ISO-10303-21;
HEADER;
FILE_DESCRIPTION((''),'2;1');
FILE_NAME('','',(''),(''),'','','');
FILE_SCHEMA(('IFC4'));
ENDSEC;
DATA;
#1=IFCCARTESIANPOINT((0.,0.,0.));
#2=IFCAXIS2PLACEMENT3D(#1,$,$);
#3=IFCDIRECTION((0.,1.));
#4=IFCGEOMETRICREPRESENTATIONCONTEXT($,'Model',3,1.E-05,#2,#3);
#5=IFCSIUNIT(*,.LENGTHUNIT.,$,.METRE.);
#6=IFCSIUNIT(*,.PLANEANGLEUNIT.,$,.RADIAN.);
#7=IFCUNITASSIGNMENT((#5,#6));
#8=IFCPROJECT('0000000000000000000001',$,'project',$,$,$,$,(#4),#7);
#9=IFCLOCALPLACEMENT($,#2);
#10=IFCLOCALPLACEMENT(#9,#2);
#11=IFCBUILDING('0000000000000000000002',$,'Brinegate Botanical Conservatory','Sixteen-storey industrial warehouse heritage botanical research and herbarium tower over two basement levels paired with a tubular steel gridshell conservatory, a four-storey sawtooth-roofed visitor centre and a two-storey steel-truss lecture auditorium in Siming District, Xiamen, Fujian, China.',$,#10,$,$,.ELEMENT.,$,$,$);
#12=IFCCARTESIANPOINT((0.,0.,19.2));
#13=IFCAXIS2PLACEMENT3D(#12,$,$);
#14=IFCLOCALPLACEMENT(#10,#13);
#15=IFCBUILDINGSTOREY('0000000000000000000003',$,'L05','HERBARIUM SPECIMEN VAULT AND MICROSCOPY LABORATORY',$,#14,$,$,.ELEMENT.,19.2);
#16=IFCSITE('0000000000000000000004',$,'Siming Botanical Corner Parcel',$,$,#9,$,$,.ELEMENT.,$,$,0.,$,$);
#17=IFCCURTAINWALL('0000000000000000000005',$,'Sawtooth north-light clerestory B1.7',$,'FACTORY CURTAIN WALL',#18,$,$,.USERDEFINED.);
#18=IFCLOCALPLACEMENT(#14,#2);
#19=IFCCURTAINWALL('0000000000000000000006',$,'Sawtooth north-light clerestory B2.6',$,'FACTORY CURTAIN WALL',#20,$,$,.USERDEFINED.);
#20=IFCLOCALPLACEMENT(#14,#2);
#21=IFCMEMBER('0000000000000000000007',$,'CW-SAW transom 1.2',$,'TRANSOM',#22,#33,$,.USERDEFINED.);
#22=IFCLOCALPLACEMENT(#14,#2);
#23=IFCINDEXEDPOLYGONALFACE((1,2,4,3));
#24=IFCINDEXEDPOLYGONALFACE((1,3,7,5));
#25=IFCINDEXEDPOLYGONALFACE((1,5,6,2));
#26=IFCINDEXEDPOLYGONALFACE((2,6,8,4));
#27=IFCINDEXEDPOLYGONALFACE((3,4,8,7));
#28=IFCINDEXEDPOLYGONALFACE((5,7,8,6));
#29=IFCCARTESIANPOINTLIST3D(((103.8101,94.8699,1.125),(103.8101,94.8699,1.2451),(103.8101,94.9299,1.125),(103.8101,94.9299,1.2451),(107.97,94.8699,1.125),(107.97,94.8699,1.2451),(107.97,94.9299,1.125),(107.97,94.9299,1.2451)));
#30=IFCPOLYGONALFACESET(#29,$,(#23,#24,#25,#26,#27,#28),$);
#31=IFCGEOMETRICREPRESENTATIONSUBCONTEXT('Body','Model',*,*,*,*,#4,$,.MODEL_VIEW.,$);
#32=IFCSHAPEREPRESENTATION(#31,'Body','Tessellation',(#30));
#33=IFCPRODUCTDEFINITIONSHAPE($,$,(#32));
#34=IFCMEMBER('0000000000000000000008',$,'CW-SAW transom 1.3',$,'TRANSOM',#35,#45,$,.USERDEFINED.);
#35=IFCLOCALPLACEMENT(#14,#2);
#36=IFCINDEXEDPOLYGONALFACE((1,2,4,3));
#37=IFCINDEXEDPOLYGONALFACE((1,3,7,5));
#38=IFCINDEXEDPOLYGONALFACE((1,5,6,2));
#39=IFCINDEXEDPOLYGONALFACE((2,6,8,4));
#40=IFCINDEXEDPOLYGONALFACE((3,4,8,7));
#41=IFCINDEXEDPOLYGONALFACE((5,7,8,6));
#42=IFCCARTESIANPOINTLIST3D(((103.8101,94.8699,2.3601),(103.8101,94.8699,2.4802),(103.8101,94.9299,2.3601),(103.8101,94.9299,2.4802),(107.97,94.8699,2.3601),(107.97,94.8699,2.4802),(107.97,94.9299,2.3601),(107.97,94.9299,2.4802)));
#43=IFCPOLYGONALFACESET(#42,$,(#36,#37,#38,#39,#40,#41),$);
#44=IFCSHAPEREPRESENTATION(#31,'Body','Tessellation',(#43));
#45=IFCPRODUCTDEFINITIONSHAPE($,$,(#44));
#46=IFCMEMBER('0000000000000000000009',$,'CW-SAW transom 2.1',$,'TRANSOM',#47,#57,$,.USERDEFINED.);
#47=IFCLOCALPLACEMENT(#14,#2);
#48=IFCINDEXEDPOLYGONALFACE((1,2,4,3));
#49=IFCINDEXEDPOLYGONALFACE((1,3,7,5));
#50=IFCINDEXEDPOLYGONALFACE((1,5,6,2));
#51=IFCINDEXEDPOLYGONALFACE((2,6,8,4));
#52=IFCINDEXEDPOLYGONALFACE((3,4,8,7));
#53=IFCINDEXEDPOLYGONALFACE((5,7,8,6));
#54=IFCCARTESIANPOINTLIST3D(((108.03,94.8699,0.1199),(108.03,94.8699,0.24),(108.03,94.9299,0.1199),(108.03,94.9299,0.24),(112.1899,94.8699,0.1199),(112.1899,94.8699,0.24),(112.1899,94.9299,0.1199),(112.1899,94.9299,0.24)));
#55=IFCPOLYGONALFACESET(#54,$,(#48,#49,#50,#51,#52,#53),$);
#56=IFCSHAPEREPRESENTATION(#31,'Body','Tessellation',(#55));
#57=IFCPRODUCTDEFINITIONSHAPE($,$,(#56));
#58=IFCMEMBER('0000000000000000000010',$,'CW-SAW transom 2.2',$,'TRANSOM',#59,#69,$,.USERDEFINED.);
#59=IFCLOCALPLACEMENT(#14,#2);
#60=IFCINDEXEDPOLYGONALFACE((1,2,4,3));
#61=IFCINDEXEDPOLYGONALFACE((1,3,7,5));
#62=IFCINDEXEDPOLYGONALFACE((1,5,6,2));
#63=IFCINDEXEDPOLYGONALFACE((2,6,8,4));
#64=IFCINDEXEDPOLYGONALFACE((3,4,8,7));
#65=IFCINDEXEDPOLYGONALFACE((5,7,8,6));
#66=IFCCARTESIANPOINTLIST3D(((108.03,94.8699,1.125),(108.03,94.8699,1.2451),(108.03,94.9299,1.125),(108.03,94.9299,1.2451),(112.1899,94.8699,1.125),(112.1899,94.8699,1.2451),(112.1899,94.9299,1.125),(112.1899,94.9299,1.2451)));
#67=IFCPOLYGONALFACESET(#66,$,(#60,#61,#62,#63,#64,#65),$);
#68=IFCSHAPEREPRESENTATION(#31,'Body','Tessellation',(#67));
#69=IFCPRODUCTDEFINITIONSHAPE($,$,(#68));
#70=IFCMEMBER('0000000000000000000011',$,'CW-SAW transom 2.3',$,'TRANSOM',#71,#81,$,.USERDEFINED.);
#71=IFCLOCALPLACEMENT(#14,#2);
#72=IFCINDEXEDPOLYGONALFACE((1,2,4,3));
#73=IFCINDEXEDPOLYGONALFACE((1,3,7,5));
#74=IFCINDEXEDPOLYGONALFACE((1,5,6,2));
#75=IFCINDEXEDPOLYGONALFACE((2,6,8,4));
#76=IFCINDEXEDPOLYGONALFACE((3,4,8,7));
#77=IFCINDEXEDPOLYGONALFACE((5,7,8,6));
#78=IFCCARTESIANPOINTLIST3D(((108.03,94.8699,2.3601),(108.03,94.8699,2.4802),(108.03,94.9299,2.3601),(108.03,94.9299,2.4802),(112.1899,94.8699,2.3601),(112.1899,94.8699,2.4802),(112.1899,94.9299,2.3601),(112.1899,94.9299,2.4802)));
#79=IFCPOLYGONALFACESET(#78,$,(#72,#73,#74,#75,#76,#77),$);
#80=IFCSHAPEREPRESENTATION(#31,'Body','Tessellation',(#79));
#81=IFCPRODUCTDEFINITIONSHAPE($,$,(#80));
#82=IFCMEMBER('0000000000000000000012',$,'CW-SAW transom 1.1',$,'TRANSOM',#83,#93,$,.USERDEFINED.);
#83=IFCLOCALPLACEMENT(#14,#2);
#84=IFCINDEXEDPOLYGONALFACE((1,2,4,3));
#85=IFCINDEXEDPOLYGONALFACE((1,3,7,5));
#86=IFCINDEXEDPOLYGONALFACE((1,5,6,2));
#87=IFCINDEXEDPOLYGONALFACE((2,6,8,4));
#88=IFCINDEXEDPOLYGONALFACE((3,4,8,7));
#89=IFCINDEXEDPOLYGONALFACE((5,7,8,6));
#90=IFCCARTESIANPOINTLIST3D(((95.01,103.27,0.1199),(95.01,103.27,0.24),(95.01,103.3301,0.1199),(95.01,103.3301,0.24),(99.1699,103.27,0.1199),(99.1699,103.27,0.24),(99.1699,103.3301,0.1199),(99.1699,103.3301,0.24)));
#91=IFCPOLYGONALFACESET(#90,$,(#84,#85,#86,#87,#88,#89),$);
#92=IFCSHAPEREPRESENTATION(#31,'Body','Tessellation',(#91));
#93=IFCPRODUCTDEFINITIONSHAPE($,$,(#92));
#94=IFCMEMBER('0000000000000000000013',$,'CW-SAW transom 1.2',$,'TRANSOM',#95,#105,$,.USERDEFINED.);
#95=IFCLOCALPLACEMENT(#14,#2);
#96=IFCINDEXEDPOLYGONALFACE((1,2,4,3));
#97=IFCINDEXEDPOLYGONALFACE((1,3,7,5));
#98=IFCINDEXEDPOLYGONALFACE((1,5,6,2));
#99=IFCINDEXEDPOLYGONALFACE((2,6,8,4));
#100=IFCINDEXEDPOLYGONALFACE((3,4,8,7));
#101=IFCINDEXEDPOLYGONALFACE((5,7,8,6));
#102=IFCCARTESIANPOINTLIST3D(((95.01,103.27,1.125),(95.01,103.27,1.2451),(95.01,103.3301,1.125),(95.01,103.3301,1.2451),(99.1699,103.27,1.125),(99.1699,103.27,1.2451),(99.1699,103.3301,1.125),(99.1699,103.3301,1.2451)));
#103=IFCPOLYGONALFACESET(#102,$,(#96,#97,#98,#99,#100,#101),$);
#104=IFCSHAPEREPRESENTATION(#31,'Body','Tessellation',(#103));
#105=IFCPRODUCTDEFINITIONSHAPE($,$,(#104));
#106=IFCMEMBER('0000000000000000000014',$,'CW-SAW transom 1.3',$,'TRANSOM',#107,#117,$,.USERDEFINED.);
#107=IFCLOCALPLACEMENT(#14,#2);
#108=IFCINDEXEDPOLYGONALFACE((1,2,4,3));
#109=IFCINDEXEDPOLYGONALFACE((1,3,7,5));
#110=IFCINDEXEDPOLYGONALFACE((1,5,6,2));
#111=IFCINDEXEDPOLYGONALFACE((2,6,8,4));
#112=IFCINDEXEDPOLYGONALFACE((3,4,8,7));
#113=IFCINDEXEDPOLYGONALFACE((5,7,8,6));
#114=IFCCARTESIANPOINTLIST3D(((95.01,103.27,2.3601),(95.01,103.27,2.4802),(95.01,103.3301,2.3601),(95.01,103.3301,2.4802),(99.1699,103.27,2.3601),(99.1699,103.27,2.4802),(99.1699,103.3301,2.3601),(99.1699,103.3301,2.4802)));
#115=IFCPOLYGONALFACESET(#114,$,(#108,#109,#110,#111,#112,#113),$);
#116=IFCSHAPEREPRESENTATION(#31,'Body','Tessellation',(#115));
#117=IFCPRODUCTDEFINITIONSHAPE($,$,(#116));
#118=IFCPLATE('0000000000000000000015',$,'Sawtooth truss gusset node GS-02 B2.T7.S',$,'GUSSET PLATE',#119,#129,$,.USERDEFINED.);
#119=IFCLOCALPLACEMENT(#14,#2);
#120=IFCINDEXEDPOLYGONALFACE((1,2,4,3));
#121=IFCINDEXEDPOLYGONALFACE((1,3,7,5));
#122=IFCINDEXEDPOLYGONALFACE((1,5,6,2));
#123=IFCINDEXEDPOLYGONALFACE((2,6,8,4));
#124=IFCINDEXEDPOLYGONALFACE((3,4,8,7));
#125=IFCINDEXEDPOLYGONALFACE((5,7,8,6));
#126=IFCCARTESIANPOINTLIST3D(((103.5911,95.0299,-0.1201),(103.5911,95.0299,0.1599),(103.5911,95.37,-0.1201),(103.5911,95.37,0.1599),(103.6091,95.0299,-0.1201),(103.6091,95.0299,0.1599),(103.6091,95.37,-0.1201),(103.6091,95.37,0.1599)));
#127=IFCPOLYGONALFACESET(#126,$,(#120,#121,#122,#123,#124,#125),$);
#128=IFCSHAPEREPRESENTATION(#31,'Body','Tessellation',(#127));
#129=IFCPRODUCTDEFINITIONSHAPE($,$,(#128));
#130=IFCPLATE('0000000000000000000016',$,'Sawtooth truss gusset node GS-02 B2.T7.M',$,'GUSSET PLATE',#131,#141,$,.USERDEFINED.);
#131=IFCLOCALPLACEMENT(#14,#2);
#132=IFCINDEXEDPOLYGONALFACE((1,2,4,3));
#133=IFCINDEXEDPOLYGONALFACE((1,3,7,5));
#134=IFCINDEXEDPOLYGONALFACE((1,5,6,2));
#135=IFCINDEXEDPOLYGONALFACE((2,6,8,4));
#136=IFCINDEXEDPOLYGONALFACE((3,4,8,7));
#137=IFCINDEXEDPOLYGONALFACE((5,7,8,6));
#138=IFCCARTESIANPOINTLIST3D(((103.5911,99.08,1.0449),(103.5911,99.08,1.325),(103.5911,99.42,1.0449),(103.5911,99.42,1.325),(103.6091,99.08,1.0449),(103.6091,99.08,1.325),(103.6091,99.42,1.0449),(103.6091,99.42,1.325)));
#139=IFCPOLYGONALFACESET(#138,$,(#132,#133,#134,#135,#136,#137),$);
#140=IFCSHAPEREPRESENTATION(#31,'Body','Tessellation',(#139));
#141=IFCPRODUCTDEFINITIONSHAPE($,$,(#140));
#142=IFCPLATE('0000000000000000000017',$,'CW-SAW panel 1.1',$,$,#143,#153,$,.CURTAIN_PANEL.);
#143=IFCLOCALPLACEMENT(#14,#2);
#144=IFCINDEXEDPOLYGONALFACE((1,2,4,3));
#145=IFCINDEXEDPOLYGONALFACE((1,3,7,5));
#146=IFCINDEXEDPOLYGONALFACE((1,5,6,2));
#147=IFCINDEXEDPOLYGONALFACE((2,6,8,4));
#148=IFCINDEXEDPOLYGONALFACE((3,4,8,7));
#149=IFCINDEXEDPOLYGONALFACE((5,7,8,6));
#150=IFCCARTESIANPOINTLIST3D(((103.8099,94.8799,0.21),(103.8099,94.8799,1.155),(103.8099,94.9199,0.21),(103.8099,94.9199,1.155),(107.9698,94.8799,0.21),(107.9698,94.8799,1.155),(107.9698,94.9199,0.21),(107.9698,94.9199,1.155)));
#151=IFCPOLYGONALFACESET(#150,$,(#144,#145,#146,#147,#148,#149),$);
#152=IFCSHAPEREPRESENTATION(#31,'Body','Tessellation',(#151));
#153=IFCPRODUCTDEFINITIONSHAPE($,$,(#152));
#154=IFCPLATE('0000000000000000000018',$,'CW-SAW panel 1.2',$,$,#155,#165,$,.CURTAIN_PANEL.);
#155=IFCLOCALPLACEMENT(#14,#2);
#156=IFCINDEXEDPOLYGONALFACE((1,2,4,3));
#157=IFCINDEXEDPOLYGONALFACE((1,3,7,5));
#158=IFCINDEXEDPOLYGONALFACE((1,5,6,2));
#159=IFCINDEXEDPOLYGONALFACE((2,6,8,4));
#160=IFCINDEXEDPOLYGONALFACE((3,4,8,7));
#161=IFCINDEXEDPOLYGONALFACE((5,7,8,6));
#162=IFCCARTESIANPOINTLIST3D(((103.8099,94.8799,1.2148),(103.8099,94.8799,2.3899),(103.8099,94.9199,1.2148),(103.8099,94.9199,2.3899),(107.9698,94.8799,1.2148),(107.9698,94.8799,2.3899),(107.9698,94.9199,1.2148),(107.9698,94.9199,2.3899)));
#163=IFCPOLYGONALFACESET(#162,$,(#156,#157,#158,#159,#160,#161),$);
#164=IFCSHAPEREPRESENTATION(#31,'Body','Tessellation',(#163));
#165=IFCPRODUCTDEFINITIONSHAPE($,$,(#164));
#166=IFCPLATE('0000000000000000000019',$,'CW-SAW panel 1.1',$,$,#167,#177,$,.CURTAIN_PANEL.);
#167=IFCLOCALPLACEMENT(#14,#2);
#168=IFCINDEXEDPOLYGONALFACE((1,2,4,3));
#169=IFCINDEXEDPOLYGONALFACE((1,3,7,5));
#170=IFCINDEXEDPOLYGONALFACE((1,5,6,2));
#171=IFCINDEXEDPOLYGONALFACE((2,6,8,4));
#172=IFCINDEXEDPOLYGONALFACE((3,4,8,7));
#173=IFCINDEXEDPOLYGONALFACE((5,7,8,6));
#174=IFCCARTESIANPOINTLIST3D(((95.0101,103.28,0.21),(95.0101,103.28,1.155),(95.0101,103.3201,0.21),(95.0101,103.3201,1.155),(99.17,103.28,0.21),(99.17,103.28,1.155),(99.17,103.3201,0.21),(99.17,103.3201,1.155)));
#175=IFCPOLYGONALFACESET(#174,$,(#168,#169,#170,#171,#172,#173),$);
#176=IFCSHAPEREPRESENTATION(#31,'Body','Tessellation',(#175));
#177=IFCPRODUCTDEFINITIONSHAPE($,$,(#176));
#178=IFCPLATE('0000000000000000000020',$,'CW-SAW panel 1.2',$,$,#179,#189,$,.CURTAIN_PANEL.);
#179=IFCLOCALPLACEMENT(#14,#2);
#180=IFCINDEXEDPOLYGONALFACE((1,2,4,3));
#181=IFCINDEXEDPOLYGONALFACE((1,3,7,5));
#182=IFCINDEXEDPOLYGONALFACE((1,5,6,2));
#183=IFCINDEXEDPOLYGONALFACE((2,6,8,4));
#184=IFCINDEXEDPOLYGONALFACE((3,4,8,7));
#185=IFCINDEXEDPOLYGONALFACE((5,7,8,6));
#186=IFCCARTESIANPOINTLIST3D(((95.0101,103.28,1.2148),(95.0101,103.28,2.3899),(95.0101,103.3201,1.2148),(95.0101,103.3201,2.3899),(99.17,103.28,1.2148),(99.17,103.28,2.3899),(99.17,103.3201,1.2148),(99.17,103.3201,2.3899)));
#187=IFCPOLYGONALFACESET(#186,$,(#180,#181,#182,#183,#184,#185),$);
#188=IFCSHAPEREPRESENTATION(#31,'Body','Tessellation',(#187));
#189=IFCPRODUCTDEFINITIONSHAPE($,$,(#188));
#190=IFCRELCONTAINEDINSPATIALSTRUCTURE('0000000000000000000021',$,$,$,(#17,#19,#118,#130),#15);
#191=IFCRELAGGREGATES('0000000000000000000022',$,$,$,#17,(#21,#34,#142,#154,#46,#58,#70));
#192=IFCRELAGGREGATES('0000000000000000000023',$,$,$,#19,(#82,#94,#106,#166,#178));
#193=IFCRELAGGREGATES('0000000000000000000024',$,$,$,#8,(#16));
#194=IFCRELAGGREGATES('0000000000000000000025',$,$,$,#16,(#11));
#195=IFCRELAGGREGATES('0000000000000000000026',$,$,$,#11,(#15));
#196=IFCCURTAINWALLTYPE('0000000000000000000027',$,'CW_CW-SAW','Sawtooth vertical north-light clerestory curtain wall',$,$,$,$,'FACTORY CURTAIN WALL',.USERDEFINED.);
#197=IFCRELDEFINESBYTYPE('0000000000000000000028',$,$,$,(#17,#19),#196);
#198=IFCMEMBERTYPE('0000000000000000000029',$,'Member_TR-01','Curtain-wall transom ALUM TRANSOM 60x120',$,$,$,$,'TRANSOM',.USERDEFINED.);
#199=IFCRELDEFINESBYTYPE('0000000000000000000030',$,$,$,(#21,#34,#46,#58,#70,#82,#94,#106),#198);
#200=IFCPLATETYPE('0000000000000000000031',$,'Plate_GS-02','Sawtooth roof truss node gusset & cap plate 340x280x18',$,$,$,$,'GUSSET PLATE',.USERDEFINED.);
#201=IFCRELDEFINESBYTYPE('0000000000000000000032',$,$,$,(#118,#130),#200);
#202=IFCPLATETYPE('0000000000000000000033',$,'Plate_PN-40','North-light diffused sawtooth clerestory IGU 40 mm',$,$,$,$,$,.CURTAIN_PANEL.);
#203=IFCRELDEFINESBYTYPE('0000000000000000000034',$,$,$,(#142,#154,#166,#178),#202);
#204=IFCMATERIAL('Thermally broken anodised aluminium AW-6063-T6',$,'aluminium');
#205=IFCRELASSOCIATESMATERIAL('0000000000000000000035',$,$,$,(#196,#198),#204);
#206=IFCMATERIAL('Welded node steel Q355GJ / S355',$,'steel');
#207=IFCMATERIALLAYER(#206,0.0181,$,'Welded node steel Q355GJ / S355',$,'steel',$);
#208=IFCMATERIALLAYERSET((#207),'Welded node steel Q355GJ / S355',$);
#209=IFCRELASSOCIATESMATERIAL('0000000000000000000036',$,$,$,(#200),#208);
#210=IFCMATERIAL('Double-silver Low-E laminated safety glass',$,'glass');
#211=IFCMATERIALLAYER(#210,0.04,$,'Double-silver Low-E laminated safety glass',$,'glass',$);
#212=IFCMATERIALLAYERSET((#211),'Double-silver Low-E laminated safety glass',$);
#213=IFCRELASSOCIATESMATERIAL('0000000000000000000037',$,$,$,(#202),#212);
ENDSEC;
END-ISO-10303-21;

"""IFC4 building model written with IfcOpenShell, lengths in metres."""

from ifc_helpers import new_model, si_unit, direction, frame, origin, origin_2d, place, context, subcontext, project, spatial, rectangle, extrude, material, layer, layer_set, material_profile, profile_set, type_object, element, aggregate, save


model = new_model("IFC4")

# Units and contexts
model_context = context("Model", 3, precision=1e-05, world=origin(), true_north=direction((0.0, 1.0)))
body_context = subcontext(model_context, "Body", "Model", "MODEL_VIEW")
ifc_project = project(units=[si_unit("LENGTHUNIT", "METRE"), si_unit("PLANEANGLEUNIT", "RADIAN")], contexts=[model_context])

# Site, building, storey
site_placement = place(None, origin())
site = spatial("IfcSite", under=ifc_project, at=site_placement, Name="Siming Botanical Corner Parcel", CompositionType="ELEMENT", RefElevation=0.0)
building_placement = place(site_placement, origin())
building = spatial("IfcBuilding", under=site, at=building_placement, Name="Brinegate Botanical Conservatory", Description="Sixteen-storey industrial warehouse heritage botanical research and herbarium tower over two basement levels paired with a tubular steel gridshell conservatory, a four-storey sawtooth-roofed visitor centre and a two-storey steel-truss lecture auditorium in Siming District, Xiamen, Fujian, China.", CompositionType="ELEMENT")
storey_placement = place(building_placement, frame((0.0, 0.0, 19.2)))
storey = spatial("IfcBuildingStorey", under=building, at=storey_placement, Name="L05", Description="HERBARIUM SPECIMEN VAULT AND MICROSCOPY LABORATORY", CompositionType="ELEMENT", Elevation=19.2)

# Curtain walls
ifc_material_1 = material(Name="Thermally broken anodised aluminium AW-6063-T6", Category="aluminium")
curtain_wall_type = type_object("IfcCurtainWallType", Name="CW_CW-SAW", Description="Sawtooth vertical north-light clerestory curtain wall", ElementType="FACTORY CURTAIN WALL", PredefinedType="USERDEFINED", material=ifc_material_1)
curtain_wall_1_placement = place(storey_placement, origin())
curtain_wall_1 = element("IfcCurtainWall", 1, at=curtain_wall_1_placement, inside=storey, type_object=curtain_wall_type, Name="Sawtooth north-light clerestory B1.7", ObjectType="FACTORY CURTAIN WALL", PredefinedType="USERDEFINED")
curtain_wall_2_placement = place(storey_placement, origin())
curtain_wall_2 = element("IfcCurtainWall", 2, at=curtain_wall_2_placement, inside=storey, type_object=curtain_wall_type, Name="Sawtooth north-light clerestory B2.6", ObjectType="FACTORY CURTAIN WALL", PredefinedType="USERDEFINED")

# Members
ifc_material_profile_1 = material_profile(ifc_material_1, rectangle(XDim=0.0601, YDim=0.1201, at=origin_2d()), Name="ALUM TRANSOM 60x120")
ifc_profile_set_1 = profile_set([ifc_material_profile_1], Name="Thermally broken anodised aluminium AW-6063-T6")
member_type_1 = type_object("IfcMemberType", Name="Member_TR-01", Description="Curtain-wall transom ALUM TRANSOM 60x120", ElementType="TRANSOM", PredefinedType="USERDEFINED", material=ifc_profile_set_1)
member_1_placement = place(storey_placement, frame((103.8101, 94.8999, 1.1851), z_axis=(1.0, 0.0, 0.0), x_axis=(0.0, 1.0, 0.0)))
member_1 = element("IfcMember", 3, at=member_1_placement, type_object=member_type_1, Name="CW-SAW transom 1.2", ObjectType="TRANSOM", PredefinedType="USERDEFINED", context=body_context, shape_type="SweptSolid", body=[
    extrude(rectangle(XDim=0.0601, YDim=0.1201, at=origin_2d()), origin(), (0.0, 0.0, 1.0), 4.1599),
])
member_2_placement = place(storey_placement, frame((103.8101, 94.8999, 2.4202), z_axis=(1.0, 0.0, 0.0), x_axis=(0.0, 1.0, 0.0)))
member_2 = element("IfcMember", 4, at=member_2_placement, type_object=member_type_1, Name="CW-SAW transom 1.3", ObjectType="TRANSOM", PredefinedType="USERDEFINED", context=body_context, shape_type="SweptSolid", body=[
    extrude(rectangle(XDim=0.0601, YDim=0.1201, at=origin_2d()), origin(), (0.0, 0.0, 1.0), 4.1599),
])
member_3_placement = place(storey_placement, frame((108.03, 94.8999, 0.1799), z_axis=(1.0, 0.0, 0.0), x_axis=(0.0, 1.0, 0.0)))
member_3 = element("IfcMember", 5, at=member_3_placement, type_object=member_type_1, Name="CW-SAW transom 2.1", ObjectType="TRANSOM", PredefinedType="USERDEFINED", context=body_context, shape_type="SweptSolid", body=[
    extrude(rectangle(XDim=0.0601, YDim=0.1201, at=origin_2d()), origin(), (0.0, 0.0, 1.0), 4.1599),
])
member_4_placement = place(storey_placement, frame((108.03, 94.8999, 1.1851), z_axis=(1.0, 0.0, 0.0), x_axis=(0.0, 1.0, 0.0)))
member_4 = element("IfcMember", 6, at=member_4_placement, type_object=member_type_1, Name="CW-SAW transom 2.2", ObjectType="TRANSOM", PredefinedType="USERDEFINED", context=body_context, shape_type="SweptSolid", body=[
    extrude(rectangle(XDim=0.0601, YDim=0.1201, at=origin_2d()), origin(), (0.0, 0.0, 1.0), 4.1599),
])
member_5_placement = place(storey_placement, frame((108.03, 94.8999, 2.4202), z_axis=(1.0, 0.0, 0.0), x_axis=(0.0, 1.0, 0.0)))
member_5 = element("IfcMember", 7, at=member_5_placement, type_object=member_type_1, Name="CW-SAW transom 2.3", ObjectType="TRANSOM", PredefinedType="USERDEFINED", context=body_context, shape_type="SweptSolid", body=[
    extrude(rectangle(XDim=0.0601, YDim=0.1201, at=origin_2d()), origin(), (0.0, 0.0, 1.0), 4.1599),
])
member_6_placement = place(storey_placement, frame((95.01, 103.3, 0.1799), z_axis=(1.0, 0.0, 0.0), x_axis=(0.0, 1.0, 0.0)))
member_6 = element("IfcMember", 8, at=member_6_placement, type_object=member_type_1, Name="CW-SAW transom 1.1", ObjectType="TRANSOM", PredefinedType="USERDEFINED", context=body_context, shape_type="SweptSolid", body=[
    extrude(rectangle(XDim=0.0601, YDim=0.1201, at=origin_2d()), origin(), (0.0, 0.0, 1.0), 4.1599),
])
member_7_placement = place(storey_placement, frame((95.01, 103.3, 1.1851), z_axis=(1.0, 0.0, 0.0), x_axis=(0.0, 1.0, 0.0)))
member_7 = element("IfcMember", 9, at=member_7_placement, type_object=member_type_1, Name="CW-SAW transom 1.2", ObjectType="TRANSOM", PredefinedType="USERDEFINED", context=body_context, shape_type="SweptSolid", body=[
    extrude(rectangle(XDim=0.0601, YDim=0.1201, at=origin_2d()), origin(), (0.0, 0.0, 1.0), 4.1599),
])
member_8_placement = place(storey_placement, frame((95.01, 103.3, 2.4202), z_axis=(1.0, 0.0, 0.0), x_axis=(0.0, 1.0, 0.0)))
member_8 = element("IfcMember", 10, at=member_8_placement, type_object=member_type_1, Name="CW-SAW transom 1.3", ObjectType="TRANSOM", PredefinedType="USERDEFINED", context=body_context, shape_type="SweptSolid", body=[
    extrude(rectangle(XDim=0.0601, YDim=0.1201, at=origin_2d()), origin(), (0.0, 0.0, 1.0), 4.1599),
])

# Plates
ifc_material_2 = material(Name="Welded node steel Q355GJ / S355", Category="steel")
ifc_layer_1 = layer(ifc_material_2, 0.0181, Name="Welded node steel Q355GJ / S355", Category="steel")
ifc_layer_set_1 = layer_set([ifc_layer_1], Name="Welded node steel Q355GJ / S355")
plate_type_1 = type_object("IfcPlateType", Name="Plate_GS-02", Description="Sawtooth roof truss node gusset & cap plate 340x280x18", ElementType="GUSSET PLATE", PredefinedType="USERDEFINED", material=ifc_layer_set_1)
for number, where, z_axis, x_axis, name in (
    (11, (103.6001, 95.2, -0.1201), (0.0, 0.0, 1.0), (1.0, 0.0, 0.0), "Sawtooth truss gusset node GS-02 B2.T7.S"),
    (12, (103.6001, 99.25, 1.0449), (0.0, 0.0, 1.0), (1.0, 0.0, 0.0), "Sawtooth truss gusset node GS-02 B2.T7.M"),
):
    element("IfcPlate", number, at=place(storey_placement, frame(where, z_axis=z_axis, x_axis=x_axis)), inside=storey, type_object=plate_type_1, Name=name, ObjectType="GUSSET PLATE", PredefinedType="USERDEFINED", context=body_context, shape_type="SweptSolid", body=[
        extrude(rectangle(XDim=0.0181, YDim=0.3401, at=origin_2d()), origin(), (0.0, 0.0, 1.0), 0.28),
    ])

# Plates
ifc_material_3 = material(Name="Double-silver Low-E laminated safety glass", Category="glass")
ifc_layer_2 = layer(ifc_material_3, 0.04, Name="Double-silver Low-E laminated safety glass", Category="glass")
ifc_layer_set_2 = layer_set([ifc_layer_2], Name="Double-silver Low-E laminated safety glass")
plate_type_2 = type_object("IfcPlateType", Name="Plate_PN-40", Description="North-light diffused sawtooth clerestory IGU 40 mm", PredefinedType="CURTAIN_PANEL", material=ifc_layer_set_2)
plate_1_placement = place(storey_placement, frame((105.8899, 94.8999, 0.21), z_axis=(0.0, 0.0, 1.0), x_axis=(1.0, 0.0, 0.0)))
plate_1 = element("IfcPlate", 13, at=plate_1_placement, type_object=plate_type_2, Name="CW-SAW panel 1.1", PredefinedType="CURTAIN_PANEL", context=body_context, shape_type="SweptSolid", body=[
    extrude(rectangle(XDim=4.1599, YDim=0.04, at=origin_2d()), origin(), (0.0, 0.0, 1.0), 0.9451),
])
plate_2_placement = place(storey_placement, frame((105.8899, 94.8999, 1.2148), z_axis=(0.0, 0.0, 1.0), x_axis=(1.0, 0.0, 0.0)))
plate_2 = element("IfcPlate", 14, at=plate_2_placement, type_object=plate_type_2, Name="CW-SAW panel 1.2", PredefinedType="CURTAIN_PANEL", context=body_context, shape_type="SweptSolid", body=[
    extrude(rectangle(XDim=4.1599, YDim=0.04, at=origin_2d()), origin(), (0.0, 0.0, 1.0), 1.175),
])
aggregate(curtain_wall_1, [member_1, member_2, plate_1, plate_2, member_3, member_4, member_5])
plate_3_placement = place(storey_placement, frame((97.0901, 103.3, 0.21), z_axis=(0.0, 0.0, 1.0), x_axis=(1.0, 0.0, 0.0)))
plate_3 = element("IfcPlate", 15, at=plate_3_placement, type_object=plate_type_2, Name="CW-SAW panel 1.1", PredefinedType="CURTAIN_PANEL", context=body_context, shape_type="SweptSolid", body=[
    extrude(rectangle(XDim=4.1599, YDim=0.04, at=origin_2d()), origin(), (0.0, 0.0, 1.0), 0.9451),
])
plate_4_placement = place(storey_placement, frame((97.0901, 103.3, 1.2148), z_axis=(0.0, 0.0, 1.0), x_axis=(1.0, 0.0, 0.0)))
plate_4 = element("IfcPlate", 16, at=plate_4_placement, type_object=plate_type_2, Name="CW-SAW panel 1.2", PredefinedType="CURTAIN_PANEL", context=body_context, shape_type="SweptSolid", body=[
    extrude(rectangle(XDim=4.1599, YDim=0.04, at=origin_2d()), origin(), (0.0, 0.0, 1.0), 1.175),
])
aggregate(curtain_wall_2, [member_6, member_7, member_8, plate_3, plate_4])

save(model, "model.ifc")
